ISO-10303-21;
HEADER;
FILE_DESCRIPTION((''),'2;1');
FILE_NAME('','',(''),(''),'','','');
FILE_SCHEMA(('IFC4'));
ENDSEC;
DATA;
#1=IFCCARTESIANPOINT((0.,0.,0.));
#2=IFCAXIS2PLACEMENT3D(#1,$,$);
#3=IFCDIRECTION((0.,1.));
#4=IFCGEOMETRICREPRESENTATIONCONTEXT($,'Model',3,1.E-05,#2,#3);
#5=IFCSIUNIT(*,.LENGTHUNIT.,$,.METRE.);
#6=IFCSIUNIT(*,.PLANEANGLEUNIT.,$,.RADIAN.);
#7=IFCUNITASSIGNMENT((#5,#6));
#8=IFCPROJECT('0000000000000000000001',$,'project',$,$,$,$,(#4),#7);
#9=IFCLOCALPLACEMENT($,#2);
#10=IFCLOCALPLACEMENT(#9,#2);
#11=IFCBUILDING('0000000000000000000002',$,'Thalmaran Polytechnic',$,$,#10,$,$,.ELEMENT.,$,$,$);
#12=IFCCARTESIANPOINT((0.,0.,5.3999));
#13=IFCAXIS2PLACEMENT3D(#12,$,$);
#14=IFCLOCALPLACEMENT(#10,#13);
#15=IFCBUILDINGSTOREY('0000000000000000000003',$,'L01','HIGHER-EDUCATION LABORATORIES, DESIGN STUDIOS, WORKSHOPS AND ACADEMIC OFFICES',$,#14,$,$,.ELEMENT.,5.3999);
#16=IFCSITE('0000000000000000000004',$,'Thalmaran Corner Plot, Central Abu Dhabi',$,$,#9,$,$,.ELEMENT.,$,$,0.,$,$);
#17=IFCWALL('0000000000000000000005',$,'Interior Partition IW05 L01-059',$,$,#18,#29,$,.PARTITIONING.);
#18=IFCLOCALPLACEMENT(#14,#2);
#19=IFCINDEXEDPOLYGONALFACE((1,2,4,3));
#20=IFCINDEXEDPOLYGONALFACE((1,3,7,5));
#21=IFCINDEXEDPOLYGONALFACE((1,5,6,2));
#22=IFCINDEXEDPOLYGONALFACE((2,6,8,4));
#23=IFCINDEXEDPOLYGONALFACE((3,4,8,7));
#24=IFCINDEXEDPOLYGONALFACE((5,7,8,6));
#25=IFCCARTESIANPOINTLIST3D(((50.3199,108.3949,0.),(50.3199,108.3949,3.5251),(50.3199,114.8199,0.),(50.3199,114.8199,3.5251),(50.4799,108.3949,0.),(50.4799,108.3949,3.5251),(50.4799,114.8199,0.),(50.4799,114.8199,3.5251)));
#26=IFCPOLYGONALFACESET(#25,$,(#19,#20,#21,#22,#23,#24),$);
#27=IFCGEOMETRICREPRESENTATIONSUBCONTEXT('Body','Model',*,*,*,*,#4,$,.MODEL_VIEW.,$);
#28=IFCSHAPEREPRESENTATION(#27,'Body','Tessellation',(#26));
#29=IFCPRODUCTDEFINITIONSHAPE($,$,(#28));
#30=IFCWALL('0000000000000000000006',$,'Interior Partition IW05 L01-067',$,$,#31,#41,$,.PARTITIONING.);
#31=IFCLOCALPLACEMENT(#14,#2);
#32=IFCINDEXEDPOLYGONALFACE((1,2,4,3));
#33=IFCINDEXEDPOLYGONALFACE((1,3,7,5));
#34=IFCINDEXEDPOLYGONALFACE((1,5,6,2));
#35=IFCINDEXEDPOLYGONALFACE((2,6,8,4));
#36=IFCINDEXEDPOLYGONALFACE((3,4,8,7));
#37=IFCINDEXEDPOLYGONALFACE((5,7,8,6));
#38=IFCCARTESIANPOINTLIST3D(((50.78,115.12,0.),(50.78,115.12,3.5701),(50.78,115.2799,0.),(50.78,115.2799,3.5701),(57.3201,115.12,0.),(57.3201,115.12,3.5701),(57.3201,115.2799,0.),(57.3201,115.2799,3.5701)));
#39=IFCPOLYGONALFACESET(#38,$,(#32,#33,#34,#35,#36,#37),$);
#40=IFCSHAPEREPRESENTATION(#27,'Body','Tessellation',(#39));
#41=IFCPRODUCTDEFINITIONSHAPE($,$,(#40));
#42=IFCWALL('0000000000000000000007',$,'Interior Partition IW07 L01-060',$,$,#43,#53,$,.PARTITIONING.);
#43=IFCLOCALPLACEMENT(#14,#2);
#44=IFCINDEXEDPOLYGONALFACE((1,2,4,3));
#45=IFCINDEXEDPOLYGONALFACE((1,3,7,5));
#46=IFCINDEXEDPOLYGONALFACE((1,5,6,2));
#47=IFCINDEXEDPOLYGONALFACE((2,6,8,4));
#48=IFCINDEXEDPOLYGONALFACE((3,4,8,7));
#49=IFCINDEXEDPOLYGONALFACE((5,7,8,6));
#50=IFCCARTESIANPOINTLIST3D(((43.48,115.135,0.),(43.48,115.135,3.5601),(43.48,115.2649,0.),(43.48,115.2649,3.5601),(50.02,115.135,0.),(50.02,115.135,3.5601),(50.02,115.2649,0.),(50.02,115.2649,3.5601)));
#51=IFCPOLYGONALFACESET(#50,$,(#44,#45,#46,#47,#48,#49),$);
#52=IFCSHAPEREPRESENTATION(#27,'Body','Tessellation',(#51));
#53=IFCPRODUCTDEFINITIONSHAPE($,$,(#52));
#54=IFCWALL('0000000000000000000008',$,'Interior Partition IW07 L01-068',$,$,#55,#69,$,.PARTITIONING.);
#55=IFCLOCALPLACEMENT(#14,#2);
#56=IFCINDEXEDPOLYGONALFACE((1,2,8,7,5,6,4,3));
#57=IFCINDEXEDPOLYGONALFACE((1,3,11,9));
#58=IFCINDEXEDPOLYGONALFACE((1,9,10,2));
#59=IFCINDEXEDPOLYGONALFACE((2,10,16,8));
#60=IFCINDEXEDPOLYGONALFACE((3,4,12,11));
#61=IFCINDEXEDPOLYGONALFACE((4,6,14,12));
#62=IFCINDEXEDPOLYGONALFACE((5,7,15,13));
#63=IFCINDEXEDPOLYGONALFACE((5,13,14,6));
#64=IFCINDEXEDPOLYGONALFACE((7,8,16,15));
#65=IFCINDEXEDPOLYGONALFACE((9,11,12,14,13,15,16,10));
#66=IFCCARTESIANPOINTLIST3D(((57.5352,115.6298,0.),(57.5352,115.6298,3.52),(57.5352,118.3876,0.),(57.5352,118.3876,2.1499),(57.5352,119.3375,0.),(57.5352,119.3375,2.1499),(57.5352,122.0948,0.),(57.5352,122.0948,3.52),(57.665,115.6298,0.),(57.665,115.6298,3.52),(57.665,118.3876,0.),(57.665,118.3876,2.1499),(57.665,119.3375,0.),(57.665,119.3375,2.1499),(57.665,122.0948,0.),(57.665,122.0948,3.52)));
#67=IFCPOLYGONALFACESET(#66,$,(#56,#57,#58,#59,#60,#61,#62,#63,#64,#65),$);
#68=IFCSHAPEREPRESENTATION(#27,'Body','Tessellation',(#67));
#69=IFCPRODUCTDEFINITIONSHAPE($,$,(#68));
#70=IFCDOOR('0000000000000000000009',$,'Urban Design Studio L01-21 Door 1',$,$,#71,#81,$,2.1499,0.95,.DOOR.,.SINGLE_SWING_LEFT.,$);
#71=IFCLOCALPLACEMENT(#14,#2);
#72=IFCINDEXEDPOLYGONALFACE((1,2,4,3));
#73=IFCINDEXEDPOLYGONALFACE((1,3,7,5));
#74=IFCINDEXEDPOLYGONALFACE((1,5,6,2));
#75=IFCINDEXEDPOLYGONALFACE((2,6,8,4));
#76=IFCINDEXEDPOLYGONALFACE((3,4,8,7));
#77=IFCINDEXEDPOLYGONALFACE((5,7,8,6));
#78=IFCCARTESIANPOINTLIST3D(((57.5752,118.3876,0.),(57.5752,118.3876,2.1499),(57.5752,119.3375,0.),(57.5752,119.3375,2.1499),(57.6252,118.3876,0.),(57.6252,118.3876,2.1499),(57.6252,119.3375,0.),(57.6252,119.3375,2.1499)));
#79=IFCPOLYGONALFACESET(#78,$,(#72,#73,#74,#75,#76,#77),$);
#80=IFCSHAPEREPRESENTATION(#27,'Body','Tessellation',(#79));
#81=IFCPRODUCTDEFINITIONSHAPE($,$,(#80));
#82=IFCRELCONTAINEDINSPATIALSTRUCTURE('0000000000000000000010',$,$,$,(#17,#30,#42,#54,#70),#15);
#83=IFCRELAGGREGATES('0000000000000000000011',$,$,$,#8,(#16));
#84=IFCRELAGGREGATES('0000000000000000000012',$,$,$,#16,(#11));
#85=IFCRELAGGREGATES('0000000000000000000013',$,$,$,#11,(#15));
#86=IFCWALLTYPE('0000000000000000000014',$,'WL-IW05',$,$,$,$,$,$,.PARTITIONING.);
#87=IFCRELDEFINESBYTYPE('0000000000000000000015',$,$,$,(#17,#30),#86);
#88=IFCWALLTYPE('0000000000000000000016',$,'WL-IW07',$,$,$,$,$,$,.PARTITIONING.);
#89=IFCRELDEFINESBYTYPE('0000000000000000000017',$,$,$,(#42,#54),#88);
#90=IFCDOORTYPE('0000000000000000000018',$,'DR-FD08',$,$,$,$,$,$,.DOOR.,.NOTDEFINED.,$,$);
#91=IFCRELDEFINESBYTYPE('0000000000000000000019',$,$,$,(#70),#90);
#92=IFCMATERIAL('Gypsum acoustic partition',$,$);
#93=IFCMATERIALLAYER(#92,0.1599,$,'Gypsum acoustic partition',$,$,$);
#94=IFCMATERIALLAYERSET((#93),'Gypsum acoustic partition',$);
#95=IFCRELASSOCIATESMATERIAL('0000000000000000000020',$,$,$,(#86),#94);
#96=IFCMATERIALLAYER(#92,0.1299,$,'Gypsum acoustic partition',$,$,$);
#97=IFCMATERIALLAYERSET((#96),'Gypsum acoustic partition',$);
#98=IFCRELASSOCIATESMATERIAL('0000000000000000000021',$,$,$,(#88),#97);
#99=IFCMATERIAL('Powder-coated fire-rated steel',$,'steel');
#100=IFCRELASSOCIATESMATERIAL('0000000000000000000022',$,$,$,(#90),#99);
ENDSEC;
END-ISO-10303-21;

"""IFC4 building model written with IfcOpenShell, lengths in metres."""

from ifc_helpers import new_model, si_unit, direction, frame, frame_2d, origin, place, context, subcontext, project, spatial, rectangle, extrude, material, layer, layer_set, type_object, element, fill, save


model = new_model("IFC4")

# Units and contexts
model_context = context("Model", 3, precision=1e-05, world=origin(), true_north=direction((0.0, 1.0)))
body_context = subcontext(model_context, "Body", "Model", "MODEL_VIEW")
ifc_project = project(units=[si_unit("LENGTHUNIT", "METRE"), si_unit("PLANEANGLEUNIT", "RADIAN")], contexts=[model_context])

# Site, building, storey
site_placement = place(None, origin())
site = spatial("IfcSite", under=ifc_project, at=site_placement, Name="Thalmaran Corner Plot, Central Abu Dhabi", CompositionType="ELEMENT", RefElevation=0.0)
building_placement = place(site_placement, origin())
building = spatial("IfcBuilding", under=site, at=building_placement, Name="Thalmaran Polytechnic", CompositionType="ELEMENT")
storey_placement = place(building_placement, frame((0.0, 0.0, 5.3999)))
storey = spatial("IfcBuildingStorey", under=building, at=storey_placement, Name="L01", Description="HIGHER-EDUCATION LABORATORIES, DESIGN STUDIOS, WORKSHOPS AND ACADEMIC OFFICES", CompositionType="ELEMENT", Elevation=5.3999)

# Walls
ifc_material_1 = material(Name="Gypsum acoustic partition")
ifc_layer_1 = layer(ifc_material_1, 0.1599, Name="Gypsum acoustic partition")
ifc_layer_set_1 = layer_set([ifc_layer_1], Name="Gypsum acoustic partition")
wall_type_1 = type_object("IfcWallType", Name="WL-IW05", PredefinedType="PARTITIONING", material=ifc_layer_set_1)
wall_1_placement = place(storey_placement, frame((50.3999, 108.395, 0.0), z_axis=(0.0, 0.0, 1.0), x_axis=(0.0, 1.0, 0.0)))
element("IfcWall", 1, at=wall_1_placement, inside=storey, type_object=wall_type_1, Name="Interior Partition IW05 L01-059", PredefinedType="PARTITIONING", context=body_context, shape_type="SweptSolid", body=[
    extrude(rectangle(XDim=6.425, YDim=0.1599, at=frame_2d((3.2124, 0.0))), origin(), (0.0, 0.0, 1.0), 3.5251),
])
wall_2_placement = place(storey_placement, frame((50.78, 115.2, 0.0), z_axis=(0.0, 0.0, 1.0), x_axis=(1.0, 0.0, 0.0)))
element("IfcWall", 2, at=wall_2_placement, inside=storey, type_object=wall_type_1, Name="Interior Partition IW05 L01-067", PredefinedType="PARTITIONING", context=body_context, shape_type="SweptSolid", body=[
    extrude(rectangle(XDim=6.54, YDim=0.1599, at=frame_2d((3.27, 0.0))), origin(), (0.0, 0.0, 1.0), 3.5701),
])
ifc_layer_2 = layer(ifc_material_1, 0.1299, Name="Gypsum acoustic partition")
ifc_layer_set_2 = layer_set([ifc_layer_2], Name="Gypsum acoustic partition")
wall_type_2 = type_object("IfcWallType", Name="WL-IW07", PredefinedType="PARTITIONING", material=ifc_layer_set_2)
wall_3_placement = place(storey_placement, frame((43.48, 115.2, 0.0), z_axis=(0.0, 0.0, 1.0), x_axis=(1.0, 0.0, 0.0)))
element("IfcWall", 3, at=wall_3_placement, inside=storey, type_object=wall_type_2, Name="Interior Partition IW07 L01-060", PredefinedType="PARTITIONING", context=body_context, shape_type="SweptSolid", body=[
    extrude(rectangle(XDim=6.54, YDim=0.1299, at=frame_2d((3.27, 0.0))), origin(), (0.0, 0.0, 1.0), 3.5601),
])

# Wall, opening, door
wall_4_placement = place(storey_placement, frame((57.6001, 115.6299, 0.0), z_axis=(0.0, 0.0, 1.0), x_axis=(0.0, 1.0, 0.0)))
wall_4 = element("IfcWall", 4, at=wall_4_placement, inside=storey, type_object=wall_type_2, Name="Interior Partition IW07 L01-068", PredefinedType="PARTITIONING", context=body_context, shape_type="SweptSolid", body=[
    extrude(rectangle(XDim=6.4651, YDim=0.1299, at=frame_2d((3.2324, 0.0))), origin(), (0.0, 0.0, 1.0), 3.52),
])
opening_placement = place(wall_4_placement, frame((2.7576, 0.0, 0.0)))
opening = element("IfcOpeningElement", 5, at=opening_placement, cuts=wall_4, PredefinedType="OPENING", context=body_context, shape_type="SweptSolid", body=[
    extrude(rectangle(XDim=0.95, YDim=2.1499, at=frame_2d((0.4751, 1.075))), frame((0.0, 0.075, 0.0), z_axis=(0.0, -1.0, 0.0), x_axis=(1.0, 0.0, 0.0)), (0.0, 0.0, 1.0), 0.1499),
])
ifc_material_2 = material(Name="Powder-coated fire-rated steel", Category="steel")
door_type = type_object("IfcDoorType", Name="DR-FD08", OperationType="NOTDEFINED", PredefinedType="DOOR", material=ifc_material_2)
door_placement = place(opening_placement, origin())
door = element("IfcDoor", 6, at=door_placement, inside=storey, type_object=door_type, Name="Urban Design Studio L01-21 Door 1", OperationType="SINGLE_SWING_LEFT", OverallHeight=2.1499, OverallWidth=0.95, PredefinedType="DOOR", context=body_context, shape_type="SweptSolid", body=[
    extrude(rectangle(XDim=0.95, YDim=2.1499, at=frame_2d((0.4751, 1.075))), frame((0.0, 0.0249, 0.0), z_axis=(0.0, -1.0, 0.0), x_axis=(1.0, 0.0, 0.0)), (0.0, 0.0, 1.0), 0.05),
])
fill(opening, door)

save(model, "model.ifc")
